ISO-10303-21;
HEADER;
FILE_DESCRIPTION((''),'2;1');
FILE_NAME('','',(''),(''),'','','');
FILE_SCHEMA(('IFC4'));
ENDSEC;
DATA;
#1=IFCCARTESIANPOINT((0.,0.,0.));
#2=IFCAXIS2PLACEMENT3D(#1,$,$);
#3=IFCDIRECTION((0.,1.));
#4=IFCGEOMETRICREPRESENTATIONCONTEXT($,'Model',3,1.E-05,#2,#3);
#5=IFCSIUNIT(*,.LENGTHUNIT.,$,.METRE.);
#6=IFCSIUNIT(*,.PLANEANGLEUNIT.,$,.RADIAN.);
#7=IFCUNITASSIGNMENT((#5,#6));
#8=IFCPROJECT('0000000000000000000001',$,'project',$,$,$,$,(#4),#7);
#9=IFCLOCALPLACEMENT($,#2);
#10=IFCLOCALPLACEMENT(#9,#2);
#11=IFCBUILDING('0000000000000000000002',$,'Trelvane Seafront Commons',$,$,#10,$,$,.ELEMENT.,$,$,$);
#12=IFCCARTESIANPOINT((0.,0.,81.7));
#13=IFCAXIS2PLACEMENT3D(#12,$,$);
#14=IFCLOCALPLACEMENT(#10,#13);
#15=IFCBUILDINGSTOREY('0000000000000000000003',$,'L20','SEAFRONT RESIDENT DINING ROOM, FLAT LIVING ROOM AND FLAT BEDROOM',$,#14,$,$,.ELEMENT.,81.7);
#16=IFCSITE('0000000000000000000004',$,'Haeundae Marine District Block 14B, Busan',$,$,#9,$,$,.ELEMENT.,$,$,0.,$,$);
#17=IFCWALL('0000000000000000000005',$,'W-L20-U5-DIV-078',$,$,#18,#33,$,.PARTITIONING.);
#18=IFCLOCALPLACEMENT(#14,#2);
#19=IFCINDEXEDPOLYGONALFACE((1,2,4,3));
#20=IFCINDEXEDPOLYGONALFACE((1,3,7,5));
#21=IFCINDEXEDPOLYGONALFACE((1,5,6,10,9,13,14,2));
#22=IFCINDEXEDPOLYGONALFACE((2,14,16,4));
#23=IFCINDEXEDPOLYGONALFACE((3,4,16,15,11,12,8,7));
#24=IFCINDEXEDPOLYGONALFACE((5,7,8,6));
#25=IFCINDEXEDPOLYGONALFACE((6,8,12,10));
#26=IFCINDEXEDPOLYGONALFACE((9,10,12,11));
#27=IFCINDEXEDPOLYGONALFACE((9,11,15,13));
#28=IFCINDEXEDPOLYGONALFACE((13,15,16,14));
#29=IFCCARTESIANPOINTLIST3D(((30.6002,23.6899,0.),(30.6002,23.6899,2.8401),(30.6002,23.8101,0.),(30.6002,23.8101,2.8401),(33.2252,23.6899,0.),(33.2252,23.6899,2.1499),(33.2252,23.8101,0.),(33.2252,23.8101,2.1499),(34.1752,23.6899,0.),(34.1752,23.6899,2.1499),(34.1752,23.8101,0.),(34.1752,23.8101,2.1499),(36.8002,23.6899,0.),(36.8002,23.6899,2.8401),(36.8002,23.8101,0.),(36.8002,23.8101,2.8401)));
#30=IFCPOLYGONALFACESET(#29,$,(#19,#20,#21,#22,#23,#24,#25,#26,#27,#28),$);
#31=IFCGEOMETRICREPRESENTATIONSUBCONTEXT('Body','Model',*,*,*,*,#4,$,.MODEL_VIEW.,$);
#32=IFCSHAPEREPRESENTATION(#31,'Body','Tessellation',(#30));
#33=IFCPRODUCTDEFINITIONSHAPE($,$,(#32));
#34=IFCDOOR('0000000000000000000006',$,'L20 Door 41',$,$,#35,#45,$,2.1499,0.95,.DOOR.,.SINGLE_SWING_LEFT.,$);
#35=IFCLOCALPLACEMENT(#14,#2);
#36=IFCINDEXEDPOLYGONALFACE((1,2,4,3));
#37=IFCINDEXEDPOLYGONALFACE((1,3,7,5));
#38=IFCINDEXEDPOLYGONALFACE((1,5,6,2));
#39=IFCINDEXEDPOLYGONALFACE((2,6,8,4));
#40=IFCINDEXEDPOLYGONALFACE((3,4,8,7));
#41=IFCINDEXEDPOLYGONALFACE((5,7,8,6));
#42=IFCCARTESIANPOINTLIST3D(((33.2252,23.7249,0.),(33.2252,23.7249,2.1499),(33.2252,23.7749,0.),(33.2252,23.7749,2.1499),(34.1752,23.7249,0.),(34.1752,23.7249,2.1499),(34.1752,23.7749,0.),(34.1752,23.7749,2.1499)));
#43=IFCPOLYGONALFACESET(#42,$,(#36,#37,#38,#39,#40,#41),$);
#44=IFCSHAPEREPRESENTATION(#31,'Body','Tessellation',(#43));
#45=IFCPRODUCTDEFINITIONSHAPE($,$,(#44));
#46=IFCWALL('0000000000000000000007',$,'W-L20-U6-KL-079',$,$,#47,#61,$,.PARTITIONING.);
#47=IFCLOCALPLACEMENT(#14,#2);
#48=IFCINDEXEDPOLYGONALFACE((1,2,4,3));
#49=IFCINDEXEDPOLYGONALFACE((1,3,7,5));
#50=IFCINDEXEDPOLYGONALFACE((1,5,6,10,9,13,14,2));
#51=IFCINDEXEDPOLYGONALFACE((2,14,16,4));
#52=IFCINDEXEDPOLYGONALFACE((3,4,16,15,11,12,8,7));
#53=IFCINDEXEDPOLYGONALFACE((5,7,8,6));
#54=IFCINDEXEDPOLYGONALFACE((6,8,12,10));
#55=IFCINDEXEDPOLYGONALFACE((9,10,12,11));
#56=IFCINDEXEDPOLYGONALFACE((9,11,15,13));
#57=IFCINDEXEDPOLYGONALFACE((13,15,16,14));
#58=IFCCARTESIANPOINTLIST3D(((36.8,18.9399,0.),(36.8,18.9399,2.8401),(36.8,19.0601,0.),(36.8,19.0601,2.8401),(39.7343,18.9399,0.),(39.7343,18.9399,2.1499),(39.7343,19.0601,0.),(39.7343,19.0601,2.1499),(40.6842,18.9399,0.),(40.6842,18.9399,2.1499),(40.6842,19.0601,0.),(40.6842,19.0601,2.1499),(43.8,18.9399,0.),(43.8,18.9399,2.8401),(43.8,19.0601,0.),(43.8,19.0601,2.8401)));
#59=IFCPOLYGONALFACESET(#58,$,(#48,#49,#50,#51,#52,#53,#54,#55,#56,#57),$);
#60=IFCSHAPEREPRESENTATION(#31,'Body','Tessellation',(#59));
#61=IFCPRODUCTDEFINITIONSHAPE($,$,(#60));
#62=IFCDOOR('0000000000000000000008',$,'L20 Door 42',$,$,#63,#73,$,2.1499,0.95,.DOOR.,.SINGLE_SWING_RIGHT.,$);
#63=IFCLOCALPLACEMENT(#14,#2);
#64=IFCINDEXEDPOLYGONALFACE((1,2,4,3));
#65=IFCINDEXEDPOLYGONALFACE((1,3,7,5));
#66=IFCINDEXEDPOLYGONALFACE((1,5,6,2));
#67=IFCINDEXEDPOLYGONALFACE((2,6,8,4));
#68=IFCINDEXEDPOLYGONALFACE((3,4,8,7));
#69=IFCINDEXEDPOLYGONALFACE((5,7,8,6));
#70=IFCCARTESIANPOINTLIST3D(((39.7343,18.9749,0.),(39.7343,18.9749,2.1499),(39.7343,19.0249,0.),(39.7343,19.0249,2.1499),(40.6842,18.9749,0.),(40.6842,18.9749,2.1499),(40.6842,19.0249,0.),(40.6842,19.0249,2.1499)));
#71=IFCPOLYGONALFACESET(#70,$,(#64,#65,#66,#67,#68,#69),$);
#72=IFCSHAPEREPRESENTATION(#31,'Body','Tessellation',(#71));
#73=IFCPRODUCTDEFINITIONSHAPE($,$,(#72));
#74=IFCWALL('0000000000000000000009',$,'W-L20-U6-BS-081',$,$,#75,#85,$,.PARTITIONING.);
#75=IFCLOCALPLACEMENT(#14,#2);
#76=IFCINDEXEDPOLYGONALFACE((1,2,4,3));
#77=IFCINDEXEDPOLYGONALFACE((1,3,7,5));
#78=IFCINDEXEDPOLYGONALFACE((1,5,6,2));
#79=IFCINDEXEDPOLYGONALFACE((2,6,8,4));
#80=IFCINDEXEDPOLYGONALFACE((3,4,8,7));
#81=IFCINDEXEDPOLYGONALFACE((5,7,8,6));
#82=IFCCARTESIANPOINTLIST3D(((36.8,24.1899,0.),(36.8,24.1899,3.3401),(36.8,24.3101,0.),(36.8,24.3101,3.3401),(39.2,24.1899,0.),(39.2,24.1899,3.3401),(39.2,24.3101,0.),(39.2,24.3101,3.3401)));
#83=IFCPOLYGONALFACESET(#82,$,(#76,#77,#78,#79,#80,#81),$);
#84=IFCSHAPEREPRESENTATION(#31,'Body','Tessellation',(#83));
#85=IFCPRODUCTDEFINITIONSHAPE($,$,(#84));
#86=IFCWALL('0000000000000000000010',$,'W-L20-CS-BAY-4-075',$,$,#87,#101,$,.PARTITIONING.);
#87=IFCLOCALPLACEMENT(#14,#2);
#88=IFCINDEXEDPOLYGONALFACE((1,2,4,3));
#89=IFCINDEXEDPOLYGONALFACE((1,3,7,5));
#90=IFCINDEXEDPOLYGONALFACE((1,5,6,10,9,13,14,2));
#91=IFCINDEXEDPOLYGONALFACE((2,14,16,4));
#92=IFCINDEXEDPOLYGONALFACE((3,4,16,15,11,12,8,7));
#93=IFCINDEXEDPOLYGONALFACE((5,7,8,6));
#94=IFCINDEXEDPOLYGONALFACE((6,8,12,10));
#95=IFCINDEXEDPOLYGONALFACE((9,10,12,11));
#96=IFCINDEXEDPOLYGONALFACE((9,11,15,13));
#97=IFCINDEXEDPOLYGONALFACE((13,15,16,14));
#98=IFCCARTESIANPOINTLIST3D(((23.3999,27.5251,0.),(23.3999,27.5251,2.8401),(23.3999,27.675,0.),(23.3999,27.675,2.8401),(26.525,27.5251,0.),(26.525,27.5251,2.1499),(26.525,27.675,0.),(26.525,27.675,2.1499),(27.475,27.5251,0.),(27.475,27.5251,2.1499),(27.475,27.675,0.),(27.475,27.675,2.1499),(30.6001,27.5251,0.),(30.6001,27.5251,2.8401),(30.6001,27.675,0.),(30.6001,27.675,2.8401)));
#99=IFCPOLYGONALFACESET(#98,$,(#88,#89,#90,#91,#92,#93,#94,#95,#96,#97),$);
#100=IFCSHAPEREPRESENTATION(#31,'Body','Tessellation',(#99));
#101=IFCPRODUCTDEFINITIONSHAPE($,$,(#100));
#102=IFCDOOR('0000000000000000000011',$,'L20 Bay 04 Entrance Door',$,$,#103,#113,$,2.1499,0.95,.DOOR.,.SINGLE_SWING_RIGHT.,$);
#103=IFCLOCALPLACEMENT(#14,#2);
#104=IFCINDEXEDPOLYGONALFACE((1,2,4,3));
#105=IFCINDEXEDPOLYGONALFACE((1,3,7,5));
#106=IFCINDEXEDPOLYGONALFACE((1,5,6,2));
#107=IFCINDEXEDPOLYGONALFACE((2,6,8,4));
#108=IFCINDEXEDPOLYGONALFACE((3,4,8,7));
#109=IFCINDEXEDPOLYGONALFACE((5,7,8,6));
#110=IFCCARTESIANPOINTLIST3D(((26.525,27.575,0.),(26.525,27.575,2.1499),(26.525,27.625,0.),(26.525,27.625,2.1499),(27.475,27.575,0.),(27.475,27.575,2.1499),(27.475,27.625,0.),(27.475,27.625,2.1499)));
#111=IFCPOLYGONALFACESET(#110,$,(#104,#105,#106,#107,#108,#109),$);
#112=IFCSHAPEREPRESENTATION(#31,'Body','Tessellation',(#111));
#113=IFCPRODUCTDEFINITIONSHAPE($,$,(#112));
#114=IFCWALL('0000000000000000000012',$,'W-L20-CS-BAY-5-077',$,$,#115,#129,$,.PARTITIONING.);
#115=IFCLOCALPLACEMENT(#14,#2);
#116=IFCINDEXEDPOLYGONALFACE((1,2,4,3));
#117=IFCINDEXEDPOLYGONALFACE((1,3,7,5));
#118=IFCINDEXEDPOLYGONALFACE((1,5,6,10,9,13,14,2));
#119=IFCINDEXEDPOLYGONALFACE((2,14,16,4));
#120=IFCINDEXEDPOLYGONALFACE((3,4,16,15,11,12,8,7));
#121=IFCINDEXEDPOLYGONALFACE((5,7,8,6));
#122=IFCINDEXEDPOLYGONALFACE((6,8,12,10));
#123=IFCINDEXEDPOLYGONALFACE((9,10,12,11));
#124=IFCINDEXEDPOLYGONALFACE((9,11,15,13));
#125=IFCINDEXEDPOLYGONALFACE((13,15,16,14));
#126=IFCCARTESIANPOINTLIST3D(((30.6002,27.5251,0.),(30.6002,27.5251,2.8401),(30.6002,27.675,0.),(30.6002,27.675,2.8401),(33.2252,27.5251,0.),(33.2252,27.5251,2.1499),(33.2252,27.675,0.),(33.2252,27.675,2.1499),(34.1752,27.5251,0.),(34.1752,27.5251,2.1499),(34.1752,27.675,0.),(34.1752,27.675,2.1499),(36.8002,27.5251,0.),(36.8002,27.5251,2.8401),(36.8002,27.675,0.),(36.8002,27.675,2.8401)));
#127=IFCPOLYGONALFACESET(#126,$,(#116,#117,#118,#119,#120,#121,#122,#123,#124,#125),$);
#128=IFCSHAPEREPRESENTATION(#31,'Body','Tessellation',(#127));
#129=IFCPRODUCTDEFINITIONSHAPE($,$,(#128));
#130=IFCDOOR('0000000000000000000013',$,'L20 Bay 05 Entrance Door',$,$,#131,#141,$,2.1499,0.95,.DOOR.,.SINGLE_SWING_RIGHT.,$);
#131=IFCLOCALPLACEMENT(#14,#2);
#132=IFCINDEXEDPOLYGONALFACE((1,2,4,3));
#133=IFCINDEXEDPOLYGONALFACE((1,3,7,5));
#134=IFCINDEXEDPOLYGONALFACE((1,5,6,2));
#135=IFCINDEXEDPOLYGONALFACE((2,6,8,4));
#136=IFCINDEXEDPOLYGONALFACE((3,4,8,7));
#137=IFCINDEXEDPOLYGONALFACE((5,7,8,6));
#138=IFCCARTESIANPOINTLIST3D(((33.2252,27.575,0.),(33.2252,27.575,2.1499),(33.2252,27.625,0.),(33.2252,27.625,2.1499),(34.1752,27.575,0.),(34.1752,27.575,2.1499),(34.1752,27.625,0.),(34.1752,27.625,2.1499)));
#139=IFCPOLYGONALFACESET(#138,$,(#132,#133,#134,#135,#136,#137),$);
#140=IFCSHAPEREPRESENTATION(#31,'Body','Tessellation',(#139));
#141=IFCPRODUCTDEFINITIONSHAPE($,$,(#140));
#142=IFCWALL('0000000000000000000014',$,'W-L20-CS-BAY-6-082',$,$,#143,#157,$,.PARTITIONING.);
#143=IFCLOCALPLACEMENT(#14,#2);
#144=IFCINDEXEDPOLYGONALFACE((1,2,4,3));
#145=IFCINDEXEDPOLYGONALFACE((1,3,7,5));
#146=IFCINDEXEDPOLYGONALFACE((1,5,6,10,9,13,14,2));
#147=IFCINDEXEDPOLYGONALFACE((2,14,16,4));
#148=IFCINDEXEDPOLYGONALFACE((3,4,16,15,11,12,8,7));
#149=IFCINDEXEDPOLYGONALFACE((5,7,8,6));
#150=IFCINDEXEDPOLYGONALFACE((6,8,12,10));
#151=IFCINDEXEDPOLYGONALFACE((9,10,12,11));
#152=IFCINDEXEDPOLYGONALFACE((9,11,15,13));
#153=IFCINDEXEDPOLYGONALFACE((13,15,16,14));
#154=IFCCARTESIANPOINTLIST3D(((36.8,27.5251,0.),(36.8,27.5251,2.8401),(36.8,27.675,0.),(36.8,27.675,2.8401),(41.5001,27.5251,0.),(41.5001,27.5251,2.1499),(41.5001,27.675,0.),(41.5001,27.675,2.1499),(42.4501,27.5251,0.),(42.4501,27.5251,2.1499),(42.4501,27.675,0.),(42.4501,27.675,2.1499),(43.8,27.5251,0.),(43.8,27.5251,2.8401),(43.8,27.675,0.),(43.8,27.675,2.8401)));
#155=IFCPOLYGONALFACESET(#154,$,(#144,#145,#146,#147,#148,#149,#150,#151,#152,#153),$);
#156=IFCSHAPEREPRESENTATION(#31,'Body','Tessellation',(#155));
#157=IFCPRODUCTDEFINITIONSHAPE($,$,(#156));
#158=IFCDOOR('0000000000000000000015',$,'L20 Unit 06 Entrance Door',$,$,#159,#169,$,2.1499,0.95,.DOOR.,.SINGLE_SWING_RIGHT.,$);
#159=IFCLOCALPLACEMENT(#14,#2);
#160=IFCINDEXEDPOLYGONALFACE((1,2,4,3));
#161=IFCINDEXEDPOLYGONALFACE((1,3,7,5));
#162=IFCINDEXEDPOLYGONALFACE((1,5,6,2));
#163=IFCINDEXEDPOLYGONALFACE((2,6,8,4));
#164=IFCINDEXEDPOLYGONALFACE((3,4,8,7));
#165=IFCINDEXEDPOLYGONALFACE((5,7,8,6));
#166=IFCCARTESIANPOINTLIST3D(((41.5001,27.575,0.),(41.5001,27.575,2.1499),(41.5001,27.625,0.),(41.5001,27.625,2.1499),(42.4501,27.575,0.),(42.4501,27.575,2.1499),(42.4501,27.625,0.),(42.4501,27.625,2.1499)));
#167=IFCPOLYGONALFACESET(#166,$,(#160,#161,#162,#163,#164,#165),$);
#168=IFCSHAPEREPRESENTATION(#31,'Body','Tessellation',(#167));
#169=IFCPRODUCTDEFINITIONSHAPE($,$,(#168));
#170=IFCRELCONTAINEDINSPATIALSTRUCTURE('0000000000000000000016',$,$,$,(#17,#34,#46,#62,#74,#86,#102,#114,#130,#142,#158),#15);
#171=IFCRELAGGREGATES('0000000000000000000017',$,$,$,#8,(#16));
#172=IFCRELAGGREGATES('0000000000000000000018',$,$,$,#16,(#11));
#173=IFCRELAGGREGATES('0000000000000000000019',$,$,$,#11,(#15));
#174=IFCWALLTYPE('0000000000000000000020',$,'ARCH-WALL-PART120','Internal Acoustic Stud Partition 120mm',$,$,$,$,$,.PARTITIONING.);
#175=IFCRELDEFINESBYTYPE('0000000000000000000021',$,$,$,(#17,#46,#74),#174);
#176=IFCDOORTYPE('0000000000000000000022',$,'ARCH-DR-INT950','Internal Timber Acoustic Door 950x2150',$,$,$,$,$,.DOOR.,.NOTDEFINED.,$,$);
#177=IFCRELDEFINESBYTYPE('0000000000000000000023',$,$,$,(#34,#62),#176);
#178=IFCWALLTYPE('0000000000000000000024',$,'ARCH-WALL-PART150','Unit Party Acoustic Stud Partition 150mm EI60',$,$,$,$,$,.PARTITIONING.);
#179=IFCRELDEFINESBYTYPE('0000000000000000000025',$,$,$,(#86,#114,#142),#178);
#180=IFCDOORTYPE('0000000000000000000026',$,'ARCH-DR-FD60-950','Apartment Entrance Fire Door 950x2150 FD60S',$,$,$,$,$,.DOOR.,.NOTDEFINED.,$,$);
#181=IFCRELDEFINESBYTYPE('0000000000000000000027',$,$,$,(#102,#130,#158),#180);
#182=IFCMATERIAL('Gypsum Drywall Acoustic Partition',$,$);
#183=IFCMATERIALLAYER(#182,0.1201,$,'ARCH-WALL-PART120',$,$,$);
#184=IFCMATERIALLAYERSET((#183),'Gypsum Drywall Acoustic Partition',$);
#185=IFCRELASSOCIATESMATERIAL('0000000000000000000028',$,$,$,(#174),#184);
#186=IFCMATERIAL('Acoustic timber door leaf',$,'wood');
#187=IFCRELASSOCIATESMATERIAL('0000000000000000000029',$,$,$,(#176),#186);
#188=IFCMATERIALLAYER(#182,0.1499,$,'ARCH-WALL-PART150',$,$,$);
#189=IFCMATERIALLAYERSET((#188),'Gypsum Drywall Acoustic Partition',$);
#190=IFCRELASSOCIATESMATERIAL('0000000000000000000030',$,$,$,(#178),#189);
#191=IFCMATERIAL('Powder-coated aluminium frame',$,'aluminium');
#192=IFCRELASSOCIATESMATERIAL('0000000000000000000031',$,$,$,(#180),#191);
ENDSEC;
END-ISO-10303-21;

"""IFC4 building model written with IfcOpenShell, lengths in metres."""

from ifc_helpers import new_model, si_unit, direction, frame, frame_2d, origin, place, context, subcontext, project, spatial, rectangle, extrude, source, transform, mapped, material, layer, layer_set, type_object, element, fill, save


model = new_model("IFC4")

# Units and contexts
model_context = context("Model", 3, precision=1e-05, world=origin(), true_north=direction((0.0, 1.0)))
body_context = subcontext(model_context, "Body", "Model", "MODEL_VIEW")
ifc_project = project(units=[si_unit("LENGTHUNIT", "METRE"), si_unit("PLANEANGLEUNIT", "RADIAN")], contexts=[model_context])

# Site, building, storey
site_placement = place(None, origin())
site = spatial("IfcSite", under=ifc_project, at=site_placement, Name="Haeundae Marine District Block 14B, Busan", CompositionType="ELEMENT", RefElevation=0.0)
building_placement = place(site_placement, origin())
building = spatial("IfcBuilding", under=site, at=building_placement, Name="Trelvane Seafront Commons", CompositionType="ELEMENT")
storey_placement = place(building_placement, frame((0.0, 0.0, 81.7)))
storey = spatial("IfcBuildingStorey", under=building, at=storey_placement, Name="L20", Description="SEAFRONT RESIDENT DINING ROOM, FLAT LIVING ROOM AND FLAT BEDROOM", CompositionType="ELEMENT", Elevation=81.7)

# Shared definitions
ifc_material_1 = material(Name="Gypsum Drywall Acoustic Partition")
ifc_layer_1 = layer(ifc_material_1, 0.1201, Name="ARCH-WALL-PART120")
ifc_layer_set_1 = layer_set([ifc_layer_1], Name="Gypsum Drywall Acoustic Partition")
wall_type_1 = type_object("IfcWallType", Name="ARCH-WALL-PART120", Description="Internal Acoustic Stud Partition 120mm", PredefinedType="PARTITIONING", material=ifc_layer_set_1)

# Walls, openings, doors
wall_1_placement = place(storey_placement, frame((30.6001, 23.75, 0.0), z_axis=(0.0, 0.0, 1.0), x_axis=(1.0, 0.0, 0.0)))
wall_1 = element("IfcWall", 1, at=wall_1_placement, inside=storey, type_object=wall_type_1, Name="W-L20-U5-DIV-078", PredefinedType="PARTITIONING", context=body_context, shape_type="SweptSolid", body=[
    extrude(rectangle(XDim=6.2, YDim=0.1201, at=frame_2d((3.1001, 0.0))), origin(), (0.0, 0.0, 1.0), 2.8401),
])
opening_1_placement = place(wall_1_placement, frame((2.625, 0.0, 0.0)))
opening_1 = element("IfcOpeningElement", 2, at=opening_1_placement, cuts=wall_1, PredefinedType="OPENING", context=body_context, shape_type="SweptSolid", body=[
    extrude(rectangle(XDim=0.95, YDim=2.1499, at=frame_2d((0.4751, 1.075))), frame((0.0, 0.0701, 0.0), z_axis=(0.0, -1.0, 0.0), x_axis=(1.0, 0.0, 0.0)), (0.0, 0.0, 1.0), 0.1401),
])
ifc_material_2 = material(Name="Acoustic timber door leaf", Category="wood")
door_type_1 = type_object("IfcDoorType", Name="ARCH-DR-INT950", Description="Internal Timber Acoustic Door 950x2150", OperationType="NOTDEFINED", PredefinedType="DOOR", material=ifc_material_2)
shared_shape_1 = source(origin(), body_context, "Body", "SweptSolid", [
    extrude(rectangle(XDim=0.95, YDim=2.1499, at=frame_2d((0.4751, 1.075))), frame((0.0, 0.0249, 0.0), z_axis=(0.0, -1.0, 0.0), x_axis=(1.0, 0.0, 0.0)), (0.0, 0.0, 1.0), 0.05),
])
door_1_placement = place(opening_1_placement, origin())
door_1 = element("IfcDoor", 3, at=door_1_placement, inside=storey, type_object=door_type_1, Name="L20 Door 41", OperationType="SINGLE_SWING_LEFT", OverallHeight=2.1499, OverallWidth=0.95, PredefinedType="DOOR", context=body_context, shape_type="MappedRepresentation", body=[
    mapped(shared_shape_1, transform((0.0, 0.0, 0.0), x_axis=(1.0, 0.0, 0.0), y_axis=(0.0, 1.0, 0.0), z_axis=(0.0, 0.0, 1.0), scale=1.0)),
])
fill(opening_1, door_1)
wall_2_placement = place(storey_placement, frame((36.8, 19.0, 0.0), z_axis=(0.0, 0.0, 1.0), x_axis=(1.0, 0.0, 0.0)))
wall_2 = element("IfcWall", 4, at=wall_2_placement, inside=storey, type_object=wall_type_1, Name="W-L20-U6-KL-079", PredefinedType="PARTITIONING", context=body_context, shape_type="SweptSolid", body=[
    extrude(rectangle(XDim=7.0, YDim=0.1201, at=frame_2d((3.5, 0.0))), origin(), (0.0, 0.0, 1.0), 2.8401),
])
opening_2_placement = place(wall_2_placement, frame((2.9341, 0.0, 0.0)))
opening_2 = element("IfcOpeningElement", 5, at=opening_2_placement, cuts=wall_2, PredefinedType="OPENING", context=body_context, shape_type="SweptSolid", body=[
    extrude(rectangle(XDim=0.95, YDim=2.1499, at=frame_2d((0.4751, 1.075))), frame((0.0, 0.0701, 0.0), z_axis=(0.0, -1.0, 0.0), x_axis=(1.0, 0.0, 0.0)), (0.0, 0.0, 1.0), 0.1401),
])
door_2_placement = place(opening_2_placement, origin())
door_2 = element("IfcDoor", 6, at=door_2_placement, inside=storey, type_object=door_type_1, Name="L20 Door 42", OperationType="SINGLE_SWING_RIGHT", OverallHeight=2.1499, OverallWidth=0.95, PredefinedType="DOOR", context=body_context, shape_type="MappedRepresentation", body=[
    mapped(shared_shape_1, transform((0.0, 0.0, 0.0), x_axis=(1.0, 0.0, 0.0), y_axis=(0.0, 1.0, 0.0), z_axis=(0.0, 0.0, 1.0), scale=1.0)),
])
fill(opening_2, door_2)

# Wall
wall_3_placement = place(storey_placement, frame((36.8, 24.25, 0.0), z_axis=(0.0, 0.0, 1.0), x_axis=(1.0, 0.0, 0.0)))
element("IfcWall", 7, at=wall_3_placement, inside=storey, type_object=wall_type_1, Name="W-L20-U6-BS-081", PredefinedType="PARTITIONING", context=body_context, shape_type="SweptSolid", body=[
    extrude(rectangle(XDim=2.3999, YDim=0.1201, at=frame_2d((1.2, 0.0))), origin(), (0.0, 0.0, 1.0), 3.3401),
])

# Walls, openings, doors
ifc_layer_2 = layer(ifc_material_1, 0.1499, Name="ARCH-WALL-PART150")
ifc_layer_set_2 = layer_set([ifc_layer_2], Name="Gypsum Drywall Acoustic Partition")
wall_type_2 = type_object("IfcWallType", Name="ARCH-WALL-PART150", Description="Unit Party Acoustic Stud Partition 150mm EI60", PredefinedType="PARTITIONING", material=ifc_layer_set_2)
wall_4_placement = place(storey_placement, frame((23.3999, 27.6001, 0.0), z_axis=(0.0, 0.0, 1.0), x_axis=(1.0, 0.0, 0.0)))
wall_4 = element("IfcWall", 8, at=wall_4_placement, inside=storey, type_object=wall_type_2, Name="W-L20-CS-BAY-4-075", PredefinedType="PARTITIONING", context=body_context, shape_type="SweptSolid", body=[
    extrude(rectangle(XDim=7.2002, YDim=0.1499, at=frame_2d((3.6001, 0.0))), origin(), (0.0, 0.0, 1.0), 2.8401),
])
opening_3_placement = place(wall_4_placement, frame((3.125, 0.0, 0.0)))
opening_3 = element("IfcOpeningElement", 9, at=opening_3_placement, cuts=wall_4, PredefinedType="OPENING", context=body_context, shape_type="SweptSolid", body=[
    extrude(rectangle(XDim=0.95, YDim=2.1499, at=frame_2d((0.4751, 1.075))), frame((0.0, 0.085, 0.0), z_axis=(0.0, -1.0, 0.0), x_axis=(1.0, 0.0, 0.0)), (0.0, 0.0, 1.0), 0.1699),
])
ifc_material_3 = material(Name="Powder-coated aluminium frame", Category="aluminium")
door_type_2 = type_object("IfcDoorType", Name="ARCH-DR-FD60-950", Description="Apartment Entrance Fire Door 950x2150 FD60S", OperationType="NOTDEFINED", PredefinedType="DOOR", material=ifc_material_3)
door_3_placement = place(opening_3_placement, origin())
door_3 = element("IfcDoor", 10, at=door_3_placement, inside=storey, type_object=door_type_2, Name="L20 Bay 04 Entrance Door", OperationType="SINGLE_SWING_RIGHT", OverallHeight=2.1499, OverallWidth=0.95, PredefinedType="DOOR", context=body_context, shape_type="MappedRepresentation", body=[
    mapped(shared_shape_1, transform((0.0, 0.0, 0.0), x_axis=(1.0, 0.0, 0.0), y_axis=(0.0, 1.0, 0.0), z_axis=(0.0, 0.0, 1.0), scale=1.0)),
])
fill(opening_3, door_3)
wall_5_placement = place(storey_placement, frame((30.6001, 27.6001, 0.0), z_axis=(0.0, 0.0, 1.0), x_axis=(1.0, 0.0, 0.0)))
wall_5 = element("IfcWall", 11, at=wall_5_placement, inside=storey, type_object=wall_type_2, Name="W-L20-CS-BAY-5-077", PredefinedType="PARTITIONING", context=body_context, shape_type="SweptSolid", body=[
    extrude(rectangle(XDim=6.2, YDim=0.1499, at=frame_2d((3.1001, 0.0))), origin(), (0.0, 0.0, 1.0), 2.8401),
])
opening_4_placement = place(wall_5_placement, frame((2.625, 0.0, 0.0)))
opening_4 = element("IfcOpeningElement", 12, at=opening_4_placement, cuts=wall_5, PredefinedType="OPENING", context=body_context, shape_type="SweptSolid", body=[
    extrude(rectangle(XDim=0.95, YDim=2.1499, at=frame_2d((0.4751, 1.075))), frame((0.0, 0.085, 0.0), z_axis=(0.0, -1.0, 0.0), x_axis=(1.0, 0.0, 0.0)), (0.0, 0.0, 1.0), 0.1699),
])
door_4_placement = place(opening_4_placement, origin())
door_4 = element("IfcDoor", 13, at=door_4_placement, inside=storey, type_object=door_type_2, Name="L20 Bay 05 Entrance Door", OperationType="SINGLE_SWING_RIGHT", OverallHeight=2.1499, OverallWidth=0.95, PredefinedType="DOOR", context=body_context, shape_type="MappedRepresentation", body=[
    mapped(shared_shape_1, transform((0.0, 0.0, 0.0), x_axis=(1.0, 0.0, 0.0), y_axis=(0.0, 1.0, 0.0), z_axis=(0.0, 0.0, 1.0), scale=1.0)),
])
fill(opening_4, door_4)
wall_6_placement = place(storey_placement, frame((36.8, 27.6001, 0.0), z_axis=(0.0, 0.0, 1.0), x_axis=(1.0, 0.0, 0.0)))
wall_6 = element("IfcWall", 14, at=wall_6_placement, inside=storey, type_object=wall_type_2, Name="W-L20-CS-BAY-6-082", PredefinedType="PARTITIONING", context=body_context, shape_type="SweptSolid", body=[
    extrude(rectangle(XDim=7.0, YDim=0.1499, at=frame_2d((3.5, 0.0))), origin(), (0.0, 0.0, 1.0), 2.8401),
])
opening_5_placement = place(wall_6_placement, frame((4.7, 0.0, 0.0)))
opening_5 = element("IfcOpeningElement", 15, at=opening_5_placement, cuts=wall_6, PredefinedType="OPENING", context=body_context, shape_type="SweptSolid", body=[
    extrude(rectangle(XDim=0.95, YDim=2.1499, at=frame_2d((0.4751, 1.075))), frame((0.0, 0.085, 0.0), z_axis=(0.0, -1.0, 0.0), x_axis=(1.0, 0.0, 0.0)), (0.0, 0.0, 1.0), 0.1699),
])
door_5_placement = place(opening_5_placement, origin())
door_5 = element("IfcDoor", 16, at=door_5_placement, inside=storey, type_object=door_type_2, Name="L20 Unit 06 Entrance Door", OperationType="SINGLE_SWING_RIGHT", OverallHeight=2.1499, OverallWidth=0.95, PredefinedType="DOOR", context=body_context, shape_type="MappedRepresentation", body=[
    mapped(shared_shape_1, transform((0.0, 0.0, 0.0), x_axis=(1.0, 0.0, 0.0), y_axis=(0.0, 1.0, 0.0), z_axis=(0.0, 0.0, 1.0), scale=1.0)),
])
fill(opening_5, door_5)

save(model, "model.ifc")
